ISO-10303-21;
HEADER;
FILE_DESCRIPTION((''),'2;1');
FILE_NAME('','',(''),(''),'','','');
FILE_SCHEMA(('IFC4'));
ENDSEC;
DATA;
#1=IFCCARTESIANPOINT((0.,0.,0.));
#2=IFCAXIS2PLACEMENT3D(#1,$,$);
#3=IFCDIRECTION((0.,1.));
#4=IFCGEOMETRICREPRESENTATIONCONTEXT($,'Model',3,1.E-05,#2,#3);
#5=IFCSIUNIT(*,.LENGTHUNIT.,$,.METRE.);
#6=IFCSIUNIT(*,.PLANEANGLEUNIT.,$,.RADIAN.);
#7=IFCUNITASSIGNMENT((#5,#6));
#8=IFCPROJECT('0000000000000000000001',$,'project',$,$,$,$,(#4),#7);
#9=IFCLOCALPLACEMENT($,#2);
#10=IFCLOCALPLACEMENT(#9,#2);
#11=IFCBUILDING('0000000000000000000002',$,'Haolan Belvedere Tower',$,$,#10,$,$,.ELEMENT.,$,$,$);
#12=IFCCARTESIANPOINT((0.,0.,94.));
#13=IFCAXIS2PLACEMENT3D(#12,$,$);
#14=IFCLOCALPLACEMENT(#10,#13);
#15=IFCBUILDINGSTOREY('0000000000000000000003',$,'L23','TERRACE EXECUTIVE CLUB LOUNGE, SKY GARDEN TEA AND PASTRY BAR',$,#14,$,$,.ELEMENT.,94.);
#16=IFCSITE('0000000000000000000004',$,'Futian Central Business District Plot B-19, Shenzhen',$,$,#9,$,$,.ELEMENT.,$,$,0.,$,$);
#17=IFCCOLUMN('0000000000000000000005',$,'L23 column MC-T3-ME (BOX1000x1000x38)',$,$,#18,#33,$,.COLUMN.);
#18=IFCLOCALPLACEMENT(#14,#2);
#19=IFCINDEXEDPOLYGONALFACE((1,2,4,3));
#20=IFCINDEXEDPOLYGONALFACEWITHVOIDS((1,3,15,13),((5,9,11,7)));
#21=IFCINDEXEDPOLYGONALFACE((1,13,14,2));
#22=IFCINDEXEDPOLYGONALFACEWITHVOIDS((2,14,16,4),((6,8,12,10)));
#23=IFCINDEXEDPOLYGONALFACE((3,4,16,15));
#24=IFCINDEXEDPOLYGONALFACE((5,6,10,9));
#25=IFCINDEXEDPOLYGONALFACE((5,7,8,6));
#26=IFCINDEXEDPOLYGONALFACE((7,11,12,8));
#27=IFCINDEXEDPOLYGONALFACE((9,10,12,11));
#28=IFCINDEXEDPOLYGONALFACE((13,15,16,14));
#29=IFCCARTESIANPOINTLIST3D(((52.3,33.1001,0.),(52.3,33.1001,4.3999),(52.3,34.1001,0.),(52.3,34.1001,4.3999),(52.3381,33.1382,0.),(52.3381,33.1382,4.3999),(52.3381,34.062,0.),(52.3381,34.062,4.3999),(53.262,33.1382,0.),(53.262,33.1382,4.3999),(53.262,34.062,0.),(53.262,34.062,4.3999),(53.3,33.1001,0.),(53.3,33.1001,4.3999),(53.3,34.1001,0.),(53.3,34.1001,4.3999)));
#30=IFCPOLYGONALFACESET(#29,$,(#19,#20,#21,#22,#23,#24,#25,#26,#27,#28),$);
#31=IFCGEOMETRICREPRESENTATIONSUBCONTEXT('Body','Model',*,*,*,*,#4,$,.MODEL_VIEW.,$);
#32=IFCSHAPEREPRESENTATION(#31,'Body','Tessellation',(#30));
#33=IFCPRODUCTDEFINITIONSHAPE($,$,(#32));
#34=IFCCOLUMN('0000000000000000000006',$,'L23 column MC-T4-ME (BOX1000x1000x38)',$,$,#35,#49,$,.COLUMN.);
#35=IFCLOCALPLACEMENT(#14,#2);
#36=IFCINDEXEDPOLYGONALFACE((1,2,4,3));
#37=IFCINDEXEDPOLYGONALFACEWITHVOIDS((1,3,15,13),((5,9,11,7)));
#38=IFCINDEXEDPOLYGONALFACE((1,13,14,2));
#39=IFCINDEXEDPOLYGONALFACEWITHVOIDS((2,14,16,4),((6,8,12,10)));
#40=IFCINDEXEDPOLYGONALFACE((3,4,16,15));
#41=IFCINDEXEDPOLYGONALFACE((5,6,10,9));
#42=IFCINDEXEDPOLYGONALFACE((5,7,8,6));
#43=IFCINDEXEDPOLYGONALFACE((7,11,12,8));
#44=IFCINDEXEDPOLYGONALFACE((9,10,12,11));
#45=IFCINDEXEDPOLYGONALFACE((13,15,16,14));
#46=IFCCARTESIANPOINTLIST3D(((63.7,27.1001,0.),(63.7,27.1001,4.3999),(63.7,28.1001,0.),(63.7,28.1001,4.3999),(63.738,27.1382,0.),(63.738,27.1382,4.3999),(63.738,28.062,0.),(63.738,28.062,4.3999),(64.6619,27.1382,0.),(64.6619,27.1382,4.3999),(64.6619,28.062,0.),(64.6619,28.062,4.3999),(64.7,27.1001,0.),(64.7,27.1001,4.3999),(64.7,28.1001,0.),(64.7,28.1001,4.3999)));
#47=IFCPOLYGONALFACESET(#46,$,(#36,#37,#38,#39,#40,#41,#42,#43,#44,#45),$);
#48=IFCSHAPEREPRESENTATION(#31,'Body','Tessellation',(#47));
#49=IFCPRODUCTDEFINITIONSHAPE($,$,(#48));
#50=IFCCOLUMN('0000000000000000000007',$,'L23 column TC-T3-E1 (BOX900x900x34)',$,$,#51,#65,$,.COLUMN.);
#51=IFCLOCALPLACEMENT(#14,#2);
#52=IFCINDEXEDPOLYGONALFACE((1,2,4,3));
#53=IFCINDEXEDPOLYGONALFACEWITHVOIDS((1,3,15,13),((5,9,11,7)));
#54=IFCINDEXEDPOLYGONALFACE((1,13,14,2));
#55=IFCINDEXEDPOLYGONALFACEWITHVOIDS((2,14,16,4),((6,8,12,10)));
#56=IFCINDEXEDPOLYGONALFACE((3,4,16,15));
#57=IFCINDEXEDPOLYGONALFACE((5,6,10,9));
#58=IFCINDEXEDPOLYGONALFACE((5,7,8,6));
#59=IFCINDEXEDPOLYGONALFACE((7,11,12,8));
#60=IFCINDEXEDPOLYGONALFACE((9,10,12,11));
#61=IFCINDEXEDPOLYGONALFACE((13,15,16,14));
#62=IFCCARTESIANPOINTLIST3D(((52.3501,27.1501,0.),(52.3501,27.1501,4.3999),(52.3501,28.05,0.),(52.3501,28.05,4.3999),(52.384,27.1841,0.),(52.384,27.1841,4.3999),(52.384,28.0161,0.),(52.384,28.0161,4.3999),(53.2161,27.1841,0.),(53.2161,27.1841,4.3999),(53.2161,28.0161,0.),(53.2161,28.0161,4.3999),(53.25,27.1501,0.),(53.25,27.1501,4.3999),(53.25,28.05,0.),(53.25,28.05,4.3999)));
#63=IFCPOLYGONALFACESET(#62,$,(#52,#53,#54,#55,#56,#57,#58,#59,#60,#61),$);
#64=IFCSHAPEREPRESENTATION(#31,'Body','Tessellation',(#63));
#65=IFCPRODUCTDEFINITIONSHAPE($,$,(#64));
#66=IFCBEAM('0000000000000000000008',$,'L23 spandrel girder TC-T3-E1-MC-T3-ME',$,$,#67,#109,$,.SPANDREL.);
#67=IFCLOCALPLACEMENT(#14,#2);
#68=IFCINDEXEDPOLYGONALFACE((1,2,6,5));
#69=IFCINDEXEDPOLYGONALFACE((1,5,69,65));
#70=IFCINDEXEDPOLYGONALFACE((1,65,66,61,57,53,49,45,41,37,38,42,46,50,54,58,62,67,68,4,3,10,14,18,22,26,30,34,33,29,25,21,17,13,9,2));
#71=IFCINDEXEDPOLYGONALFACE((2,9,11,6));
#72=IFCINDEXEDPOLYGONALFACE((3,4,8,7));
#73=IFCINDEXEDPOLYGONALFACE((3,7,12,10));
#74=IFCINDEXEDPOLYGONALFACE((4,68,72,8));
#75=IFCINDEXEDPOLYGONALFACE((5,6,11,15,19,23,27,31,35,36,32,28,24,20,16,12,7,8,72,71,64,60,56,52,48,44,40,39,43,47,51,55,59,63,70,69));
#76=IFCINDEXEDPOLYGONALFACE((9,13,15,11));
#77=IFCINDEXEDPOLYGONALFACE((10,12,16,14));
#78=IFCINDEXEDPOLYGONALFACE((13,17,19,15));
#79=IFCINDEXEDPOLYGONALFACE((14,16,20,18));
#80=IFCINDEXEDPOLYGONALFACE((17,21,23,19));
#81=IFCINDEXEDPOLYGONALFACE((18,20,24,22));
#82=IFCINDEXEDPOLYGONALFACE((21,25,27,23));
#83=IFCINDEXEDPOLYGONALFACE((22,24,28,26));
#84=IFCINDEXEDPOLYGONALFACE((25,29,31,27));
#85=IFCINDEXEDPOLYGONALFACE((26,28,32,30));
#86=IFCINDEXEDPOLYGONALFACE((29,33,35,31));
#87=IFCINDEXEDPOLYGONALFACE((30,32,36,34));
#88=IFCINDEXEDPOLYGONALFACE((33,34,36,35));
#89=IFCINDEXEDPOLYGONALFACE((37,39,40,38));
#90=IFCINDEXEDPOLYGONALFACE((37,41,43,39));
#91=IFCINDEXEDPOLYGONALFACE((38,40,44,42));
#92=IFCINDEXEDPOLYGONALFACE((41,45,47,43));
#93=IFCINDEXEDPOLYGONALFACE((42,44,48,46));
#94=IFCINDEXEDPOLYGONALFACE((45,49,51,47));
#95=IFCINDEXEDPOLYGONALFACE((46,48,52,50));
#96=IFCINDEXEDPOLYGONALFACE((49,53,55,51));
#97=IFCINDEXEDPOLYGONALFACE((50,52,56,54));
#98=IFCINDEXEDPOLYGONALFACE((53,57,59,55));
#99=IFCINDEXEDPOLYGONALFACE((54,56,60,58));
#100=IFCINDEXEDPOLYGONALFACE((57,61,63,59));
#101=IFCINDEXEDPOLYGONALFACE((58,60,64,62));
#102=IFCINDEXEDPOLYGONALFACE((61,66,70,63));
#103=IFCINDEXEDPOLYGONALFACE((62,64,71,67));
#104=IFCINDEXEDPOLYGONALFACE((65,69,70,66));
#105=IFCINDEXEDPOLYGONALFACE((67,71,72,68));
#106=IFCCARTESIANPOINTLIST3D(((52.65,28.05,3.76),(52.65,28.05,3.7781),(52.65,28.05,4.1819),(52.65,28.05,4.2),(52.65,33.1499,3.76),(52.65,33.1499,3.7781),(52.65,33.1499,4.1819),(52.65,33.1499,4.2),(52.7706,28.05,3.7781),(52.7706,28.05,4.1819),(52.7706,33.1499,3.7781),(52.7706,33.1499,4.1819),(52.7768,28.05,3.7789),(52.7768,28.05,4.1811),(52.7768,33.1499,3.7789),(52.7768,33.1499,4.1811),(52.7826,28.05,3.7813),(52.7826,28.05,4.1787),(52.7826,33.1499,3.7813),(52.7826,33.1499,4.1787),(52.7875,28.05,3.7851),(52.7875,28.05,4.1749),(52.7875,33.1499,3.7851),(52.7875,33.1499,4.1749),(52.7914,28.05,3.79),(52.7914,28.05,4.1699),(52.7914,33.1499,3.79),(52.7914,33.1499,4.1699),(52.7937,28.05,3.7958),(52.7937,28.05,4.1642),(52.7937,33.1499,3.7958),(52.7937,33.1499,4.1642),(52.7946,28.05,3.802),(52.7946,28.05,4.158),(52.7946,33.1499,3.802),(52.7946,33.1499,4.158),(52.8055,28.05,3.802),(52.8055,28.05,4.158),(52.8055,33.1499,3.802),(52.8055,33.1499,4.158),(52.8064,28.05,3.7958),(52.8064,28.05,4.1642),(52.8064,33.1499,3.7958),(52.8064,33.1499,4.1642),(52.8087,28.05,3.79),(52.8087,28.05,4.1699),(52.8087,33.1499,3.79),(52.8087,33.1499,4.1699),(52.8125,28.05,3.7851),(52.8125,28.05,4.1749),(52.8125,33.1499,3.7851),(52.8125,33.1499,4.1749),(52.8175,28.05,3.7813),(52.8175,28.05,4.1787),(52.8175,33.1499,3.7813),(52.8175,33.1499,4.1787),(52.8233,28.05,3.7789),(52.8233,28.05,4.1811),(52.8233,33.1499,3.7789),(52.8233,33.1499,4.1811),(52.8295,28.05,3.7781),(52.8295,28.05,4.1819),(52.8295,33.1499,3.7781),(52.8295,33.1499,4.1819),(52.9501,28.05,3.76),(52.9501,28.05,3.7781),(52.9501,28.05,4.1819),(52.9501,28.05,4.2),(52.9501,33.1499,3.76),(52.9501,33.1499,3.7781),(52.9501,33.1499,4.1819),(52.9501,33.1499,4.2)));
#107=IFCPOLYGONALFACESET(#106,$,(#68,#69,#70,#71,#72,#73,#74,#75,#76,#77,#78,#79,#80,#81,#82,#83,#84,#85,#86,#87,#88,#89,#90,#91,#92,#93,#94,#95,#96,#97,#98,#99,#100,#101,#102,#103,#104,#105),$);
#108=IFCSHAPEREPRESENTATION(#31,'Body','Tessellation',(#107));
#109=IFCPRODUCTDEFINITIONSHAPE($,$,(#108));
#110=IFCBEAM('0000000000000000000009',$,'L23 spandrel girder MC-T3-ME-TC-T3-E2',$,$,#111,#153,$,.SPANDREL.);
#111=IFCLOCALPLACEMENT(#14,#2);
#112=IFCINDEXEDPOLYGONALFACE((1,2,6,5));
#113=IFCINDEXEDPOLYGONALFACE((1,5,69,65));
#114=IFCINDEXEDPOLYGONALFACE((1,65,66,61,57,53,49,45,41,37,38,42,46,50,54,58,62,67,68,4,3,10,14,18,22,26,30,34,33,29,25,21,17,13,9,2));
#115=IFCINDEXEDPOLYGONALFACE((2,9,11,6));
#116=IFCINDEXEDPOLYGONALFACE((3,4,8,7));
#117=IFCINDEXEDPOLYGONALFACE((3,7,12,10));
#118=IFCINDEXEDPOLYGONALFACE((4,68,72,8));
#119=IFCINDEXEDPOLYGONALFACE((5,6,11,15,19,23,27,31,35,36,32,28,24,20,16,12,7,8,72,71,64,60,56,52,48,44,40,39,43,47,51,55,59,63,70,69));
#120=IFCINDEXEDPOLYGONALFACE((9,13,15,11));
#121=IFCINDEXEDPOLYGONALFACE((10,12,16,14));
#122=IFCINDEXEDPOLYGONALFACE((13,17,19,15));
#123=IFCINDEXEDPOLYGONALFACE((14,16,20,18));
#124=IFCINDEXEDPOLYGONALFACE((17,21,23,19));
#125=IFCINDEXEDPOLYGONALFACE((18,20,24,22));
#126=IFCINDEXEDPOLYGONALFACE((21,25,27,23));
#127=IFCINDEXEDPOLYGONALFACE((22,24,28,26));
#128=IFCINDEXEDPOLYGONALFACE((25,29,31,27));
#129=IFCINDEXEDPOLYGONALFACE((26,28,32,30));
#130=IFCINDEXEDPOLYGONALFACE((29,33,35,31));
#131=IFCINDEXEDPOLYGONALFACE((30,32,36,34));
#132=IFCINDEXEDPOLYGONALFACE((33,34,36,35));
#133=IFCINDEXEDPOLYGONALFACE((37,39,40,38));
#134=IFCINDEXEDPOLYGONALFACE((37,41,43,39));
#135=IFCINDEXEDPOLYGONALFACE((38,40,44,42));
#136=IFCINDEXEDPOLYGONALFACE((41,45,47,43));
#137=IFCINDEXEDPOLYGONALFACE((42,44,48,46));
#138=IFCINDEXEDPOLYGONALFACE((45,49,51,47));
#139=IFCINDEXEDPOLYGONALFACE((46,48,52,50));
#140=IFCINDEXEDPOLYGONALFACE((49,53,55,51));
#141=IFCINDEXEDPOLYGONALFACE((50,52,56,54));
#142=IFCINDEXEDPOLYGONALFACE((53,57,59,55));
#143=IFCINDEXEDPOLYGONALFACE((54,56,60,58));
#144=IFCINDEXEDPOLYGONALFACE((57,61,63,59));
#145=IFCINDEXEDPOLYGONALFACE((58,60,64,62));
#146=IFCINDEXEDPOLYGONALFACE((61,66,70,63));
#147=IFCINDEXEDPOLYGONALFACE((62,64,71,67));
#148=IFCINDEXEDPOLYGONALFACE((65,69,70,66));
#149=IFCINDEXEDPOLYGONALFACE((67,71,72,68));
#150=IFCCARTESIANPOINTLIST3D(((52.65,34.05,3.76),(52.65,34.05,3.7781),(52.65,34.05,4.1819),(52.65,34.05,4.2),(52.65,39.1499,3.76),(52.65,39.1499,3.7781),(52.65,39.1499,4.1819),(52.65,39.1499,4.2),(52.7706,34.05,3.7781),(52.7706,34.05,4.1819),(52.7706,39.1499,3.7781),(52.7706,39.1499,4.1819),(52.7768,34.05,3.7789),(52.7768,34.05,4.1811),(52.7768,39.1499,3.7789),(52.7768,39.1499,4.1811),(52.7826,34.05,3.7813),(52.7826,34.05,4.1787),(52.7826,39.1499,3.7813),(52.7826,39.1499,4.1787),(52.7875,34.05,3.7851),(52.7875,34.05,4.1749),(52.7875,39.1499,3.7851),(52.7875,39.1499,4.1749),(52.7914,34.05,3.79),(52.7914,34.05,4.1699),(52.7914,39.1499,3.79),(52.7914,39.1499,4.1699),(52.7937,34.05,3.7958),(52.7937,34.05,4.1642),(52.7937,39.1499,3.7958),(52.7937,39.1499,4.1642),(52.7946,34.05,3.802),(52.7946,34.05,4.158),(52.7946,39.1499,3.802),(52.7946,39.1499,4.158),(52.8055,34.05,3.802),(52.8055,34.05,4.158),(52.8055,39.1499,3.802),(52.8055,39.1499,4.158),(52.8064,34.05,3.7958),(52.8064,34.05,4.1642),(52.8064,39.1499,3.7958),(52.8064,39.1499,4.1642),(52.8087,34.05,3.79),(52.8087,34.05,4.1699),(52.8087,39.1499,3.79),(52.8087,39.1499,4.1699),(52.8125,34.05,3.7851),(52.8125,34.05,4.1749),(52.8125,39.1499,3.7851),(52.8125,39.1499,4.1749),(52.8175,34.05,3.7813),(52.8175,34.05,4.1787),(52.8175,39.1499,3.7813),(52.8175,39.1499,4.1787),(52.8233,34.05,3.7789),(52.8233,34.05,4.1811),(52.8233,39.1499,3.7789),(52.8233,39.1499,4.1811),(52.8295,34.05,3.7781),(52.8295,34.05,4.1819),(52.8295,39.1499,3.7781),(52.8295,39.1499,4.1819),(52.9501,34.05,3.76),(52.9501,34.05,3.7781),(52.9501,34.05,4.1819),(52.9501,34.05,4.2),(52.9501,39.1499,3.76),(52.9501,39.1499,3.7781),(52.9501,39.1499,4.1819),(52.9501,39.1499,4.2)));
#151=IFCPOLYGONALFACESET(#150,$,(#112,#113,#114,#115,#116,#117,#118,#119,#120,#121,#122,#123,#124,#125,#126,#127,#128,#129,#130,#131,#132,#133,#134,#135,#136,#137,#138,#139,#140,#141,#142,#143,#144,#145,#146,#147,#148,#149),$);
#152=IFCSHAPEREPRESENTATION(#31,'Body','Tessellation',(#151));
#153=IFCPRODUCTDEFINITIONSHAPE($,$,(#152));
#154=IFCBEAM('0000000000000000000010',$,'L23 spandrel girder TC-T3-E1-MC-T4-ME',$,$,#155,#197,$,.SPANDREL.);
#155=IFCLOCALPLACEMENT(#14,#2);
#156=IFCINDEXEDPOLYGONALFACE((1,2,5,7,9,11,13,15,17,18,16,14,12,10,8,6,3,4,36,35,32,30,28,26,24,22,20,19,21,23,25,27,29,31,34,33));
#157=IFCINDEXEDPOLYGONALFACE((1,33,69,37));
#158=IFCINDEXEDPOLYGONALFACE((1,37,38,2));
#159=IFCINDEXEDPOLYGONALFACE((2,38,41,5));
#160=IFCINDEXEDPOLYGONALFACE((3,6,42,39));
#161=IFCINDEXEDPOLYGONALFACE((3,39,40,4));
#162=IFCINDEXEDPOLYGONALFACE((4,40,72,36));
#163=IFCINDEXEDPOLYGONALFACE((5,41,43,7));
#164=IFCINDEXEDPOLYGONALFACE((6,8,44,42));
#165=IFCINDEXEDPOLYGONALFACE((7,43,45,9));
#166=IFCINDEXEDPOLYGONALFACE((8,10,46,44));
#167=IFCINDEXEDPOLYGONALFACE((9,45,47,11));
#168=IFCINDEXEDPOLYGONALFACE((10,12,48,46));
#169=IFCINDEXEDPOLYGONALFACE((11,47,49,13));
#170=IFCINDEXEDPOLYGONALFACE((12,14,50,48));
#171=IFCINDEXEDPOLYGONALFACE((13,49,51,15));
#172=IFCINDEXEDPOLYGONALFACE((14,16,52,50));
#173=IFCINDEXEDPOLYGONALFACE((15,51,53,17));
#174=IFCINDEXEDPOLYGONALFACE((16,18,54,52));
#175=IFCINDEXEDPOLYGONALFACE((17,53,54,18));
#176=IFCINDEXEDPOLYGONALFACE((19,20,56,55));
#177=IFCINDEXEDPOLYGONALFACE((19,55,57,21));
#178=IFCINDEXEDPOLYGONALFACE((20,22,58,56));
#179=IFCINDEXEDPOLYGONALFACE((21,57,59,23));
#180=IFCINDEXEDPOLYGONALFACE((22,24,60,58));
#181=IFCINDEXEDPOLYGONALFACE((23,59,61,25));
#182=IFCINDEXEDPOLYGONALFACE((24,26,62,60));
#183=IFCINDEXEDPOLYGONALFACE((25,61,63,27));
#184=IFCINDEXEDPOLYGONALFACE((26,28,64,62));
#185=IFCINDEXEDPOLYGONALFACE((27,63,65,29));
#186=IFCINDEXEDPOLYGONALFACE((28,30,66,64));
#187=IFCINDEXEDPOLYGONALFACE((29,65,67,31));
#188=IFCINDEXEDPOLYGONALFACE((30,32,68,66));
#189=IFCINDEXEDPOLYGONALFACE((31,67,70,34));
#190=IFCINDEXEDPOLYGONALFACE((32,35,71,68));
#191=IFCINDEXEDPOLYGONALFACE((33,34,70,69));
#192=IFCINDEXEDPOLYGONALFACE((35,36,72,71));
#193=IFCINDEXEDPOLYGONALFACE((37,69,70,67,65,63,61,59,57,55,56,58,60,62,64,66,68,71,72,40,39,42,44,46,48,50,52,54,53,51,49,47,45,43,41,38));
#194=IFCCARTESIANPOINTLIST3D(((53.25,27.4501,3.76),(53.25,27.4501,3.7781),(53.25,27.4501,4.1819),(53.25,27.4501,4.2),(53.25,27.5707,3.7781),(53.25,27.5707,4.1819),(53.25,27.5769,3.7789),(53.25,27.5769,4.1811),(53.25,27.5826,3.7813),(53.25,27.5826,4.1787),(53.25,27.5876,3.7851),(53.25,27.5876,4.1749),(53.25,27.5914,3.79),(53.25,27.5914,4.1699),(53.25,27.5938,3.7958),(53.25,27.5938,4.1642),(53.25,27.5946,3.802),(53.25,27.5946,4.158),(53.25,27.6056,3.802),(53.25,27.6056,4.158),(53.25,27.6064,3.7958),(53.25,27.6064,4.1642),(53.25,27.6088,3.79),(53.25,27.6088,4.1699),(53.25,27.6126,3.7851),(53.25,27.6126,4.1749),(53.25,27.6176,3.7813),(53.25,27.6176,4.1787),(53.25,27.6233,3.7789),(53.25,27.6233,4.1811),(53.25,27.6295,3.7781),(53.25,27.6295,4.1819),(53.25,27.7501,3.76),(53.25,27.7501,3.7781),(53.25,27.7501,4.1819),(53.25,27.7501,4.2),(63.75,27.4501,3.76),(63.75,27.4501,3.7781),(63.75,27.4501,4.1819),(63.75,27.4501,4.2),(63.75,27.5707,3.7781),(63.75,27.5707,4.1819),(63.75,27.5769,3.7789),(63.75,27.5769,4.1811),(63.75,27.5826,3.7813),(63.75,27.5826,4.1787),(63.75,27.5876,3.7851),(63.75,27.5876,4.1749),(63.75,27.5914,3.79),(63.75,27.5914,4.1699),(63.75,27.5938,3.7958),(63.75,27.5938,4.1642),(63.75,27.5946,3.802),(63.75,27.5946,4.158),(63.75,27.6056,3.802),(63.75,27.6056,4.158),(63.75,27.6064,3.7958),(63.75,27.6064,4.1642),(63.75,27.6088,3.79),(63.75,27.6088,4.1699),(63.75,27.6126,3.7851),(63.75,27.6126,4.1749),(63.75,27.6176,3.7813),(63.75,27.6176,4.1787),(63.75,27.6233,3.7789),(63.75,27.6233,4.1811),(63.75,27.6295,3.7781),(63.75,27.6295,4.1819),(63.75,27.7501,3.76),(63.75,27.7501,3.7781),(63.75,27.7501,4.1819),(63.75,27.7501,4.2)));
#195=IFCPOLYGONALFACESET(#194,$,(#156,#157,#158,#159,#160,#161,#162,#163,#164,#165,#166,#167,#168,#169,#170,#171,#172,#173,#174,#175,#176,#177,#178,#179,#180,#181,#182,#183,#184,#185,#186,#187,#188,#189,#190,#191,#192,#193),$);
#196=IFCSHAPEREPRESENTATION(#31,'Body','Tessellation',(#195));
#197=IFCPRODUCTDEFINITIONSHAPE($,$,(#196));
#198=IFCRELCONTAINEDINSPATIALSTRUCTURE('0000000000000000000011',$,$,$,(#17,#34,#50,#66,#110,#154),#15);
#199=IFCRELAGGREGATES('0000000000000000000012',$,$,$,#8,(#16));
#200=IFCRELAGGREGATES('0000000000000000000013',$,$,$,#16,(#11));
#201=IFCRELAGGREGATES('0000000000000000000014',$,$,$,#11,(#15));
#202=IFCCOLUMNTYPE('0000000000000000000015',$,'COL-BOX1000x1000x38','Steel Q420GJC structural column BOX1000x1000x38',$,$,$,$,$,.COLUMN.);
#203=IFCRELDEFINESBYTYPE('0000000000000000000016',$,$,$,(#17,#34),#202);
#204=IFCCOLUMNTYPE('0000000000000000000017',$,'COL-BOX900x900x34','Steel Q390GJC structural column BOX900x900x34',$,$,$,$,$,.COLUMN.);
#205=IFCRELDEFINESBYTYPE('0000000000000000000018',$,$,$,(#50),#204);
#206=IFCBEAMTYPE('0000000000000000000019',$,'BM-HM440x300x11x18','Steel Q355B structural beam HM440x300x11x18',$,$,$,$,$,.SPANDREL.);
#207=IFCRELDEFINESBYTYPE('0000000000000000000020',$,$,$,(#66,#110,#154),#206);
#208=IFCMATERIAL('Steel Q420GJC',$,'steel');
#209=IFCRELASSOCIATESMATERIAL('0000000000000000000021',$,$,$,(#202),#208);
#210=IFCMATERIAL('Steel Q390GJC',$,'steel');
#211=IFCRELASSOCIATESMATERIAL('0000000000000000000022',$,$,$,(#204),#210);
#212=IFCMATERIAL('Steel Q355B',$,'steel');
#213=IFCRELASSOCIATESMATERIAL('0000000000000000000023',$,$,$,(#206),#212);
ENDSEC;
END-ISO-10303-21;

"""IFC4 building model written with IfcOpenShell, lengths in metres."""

from ifc_helpers import new_model, si_unit, direction, frame, origin, origin_2d, place, context, subcontext, project, spatial, hollow_rectangle, i_section, extrude, material, material_profile, profile_set, type_object, element, save


model = new_model("IFC4")

# Units and contexts
model_context = context("Model", 3, precision=1e-05, world=origin(), true_north=direction((0.0, 1.0)))
body_context = subcontext(model_context, "Body", "Model", "MODEL_VIEW")
ifc_project = project(units=[si_unit("LENGTHUNIT", "METRE"), si_unit("PLANEANGLEUNIT", "RADIAN")], contexts=[model_context])

# Site, building, storey
site_placement = place(None, origin())
site = spatial("IfcSite", under=ifc_project, at=site_placement, Name="Futian Central Business District Plot B-19, Shenzhen", CompositionType="ELEMENT", RefElevation=0.0)
building_placement = place(site_placement, origin())
building = spatial("IfcBuilding", under=site, at=building_placement, Name="Haolan Belvedere Tower", CompositionType="ELEMENT")
storey_placement = place(building_placement, frame((0.0, 0.0, 94.0)))
storey = spatial("IfcBuildingStorey", under=building, at=storey_placement, Name="L23", Description="TERRACE EXECUTIVE CLUB LOUNGE, SKY GARDEN TEA AND PASTRY BAR", CompositionType="ELEMENT", Elevation=94.0)

# Columns
ifc_material_1 = material(Name="Steel Q420GJC", Category="steel")
ifc_material_profile_1 = material_profile(ifc_material_1, hollow_rectangle(XDim=1.0, YDim=1.0, WallThickness=0.0381, at=origin_2d()), Name="Steel Q420GJC")
ifc_profile_set_1 = profile_set([ifc_material_profile_1], Name="Steel Q420GJC")
column_type_1 = type_object("IfcColumnType", Name="COL-BOX1000x1000x38", Description="Steel Q420GJC structural column BOX1000x1000x38", PredefinedType="COLUMN", material=ifc_profile_set_1)
for number, where, z_axis, x_axis, name in (
    (1, (52.8, 33.6001, 0.0), (0.0, 0.0, 1.0), (1.0, 0.0, 0.0), "L23 column MC-T3-ME (BOX1000x1000x38)"),
    (2, (64.2, 27.6001, 0.0), (0.0, 0.0, 1.0), (1.0, 0.0, 0.0), "L23 column MC-T4-ME (BOX1000x1000x38)"),
):
    element("IfcColumn", number, at=place(storey_placement, frame(where, z_axis=z_axis, x_axis=x_axis)), inside=storey, type_object=column_type_1, Name=name, PredefinedType="COLUMN", context=body_context, shape_type="SweptSolid", body=[
        extrude(hollow_rectangle(XDim=1.0, YDim=1.0, WallThickness=0.0381, at=origin_2d()), origin(), (0.0, 0.0, 1.0), 4.3999),
    ])
ifc_material_2 = material(Name="Steel Q390GJC", Category="steel")
ifc_material_profile_2 = material_profile(ifc_material_2, hollow_rectangle(XDim=0.8999, YDim=0.8999, WallThickness=0.0339, at=origin_2d()), Name="Steel Q390GJC")
ifc_profile_set_2 = profile_set([ifc_material_profile_2], Name="Steel Q390GJC")
column_type_2 = type_object("IfcColumnType", Name="COL-BOX900x900x34", Description="Steel Q390GJC structural column BOX900x900x34", PredefinedType="COLUMN", material=ifc_profile_set_2)
column_placement = place(storey_placement, frame((52.8, 27.6001, 0.0), z_axis=(0.0, 0.0, 1.0), x_axis=(1.0, 0.0, 0.0)))
element("IfcColumn", 3, at=column_placement, inside=storey, type_object=column_type_2, Name="L23 column TC-T3-E1 (BOX900x900x34)", PredefinedType="COLUMN", context=body_context, shape_type="SweptSolid", body=[
    extrude(hollow_rectangle(XDim=0.8999, YDim=0.8999, WallThickness=0.0339, at=origin_2d()), origin(), (0.0, 0.0, 1.0), 4.3999),
])

# Beams
ifc_material_3 = material(Name="Steel Q355B", Category="steel")
ifc_material_profile_3 = material_profile(ifc_material_3, i_section(OverallWidth=0.3, OverallDepth=0.4399, WebThickness=0.011, FlangeThickness=0.0181, FilletRadius=0.0239, at=origin_2d()), Name="Steel Q355B")
ifc_profile_set_3 = profile_set([ifc_material_profile_3], Name="Steel Q355B")
beam_type_1 = type_object("IfcBeamType", Name="BM-HM440x300x11x18", Description="Steel Q355B structural beam HM440x300x11x18", PredefinedType="SPANDREL", material=ifc_profile_set_3)
for number, where, z_axis, x_axis, name in (
    (4, (52.8, 28.05, 3.98), (0.0, 1.0, 0.0), (-1.0, 0.0, 0.0), "L23 spandrel girder TC-T3-E1-MC-T3-ME"),
    (5, (52.8, 34.05, 3.98), (0.0, 1.0, 0.0), (-1.0, 0.0, 0.0), "L23 spandrel girder MC-T3-ME-TC-T3-E2"),
):
    element("IfcBeam", number, at=place(storey_placement, frame(where, z_axis=z_axis, x_axis=x_axis)), inside=storey, type_object=beam_type_1, Name=name, PredefinedType="SPANDREL", context=body_context, shape_type="SweptSolid", body=[
        extrude(i_section(OverallWidth=0.3, OverallDepth=0.4399, WebThickness=0.011, FlangeThickness=0.0181, FilletRadius=0.0239, at=origin_2d()), origin(), (0.0, 0.0, 1.0), 5.0999),
    ])
beam_1_placement = place(storey_placement, frame((53.25, 27.6001, 3.98), z_axis=(1.0, 0.0, 0.0), x_axis=(0.0, 1.0, 0.0)))
element("IfcBeam", 6, at=beam_1_placement, inside=storey, type_object=beam_type_1, Name="L23 spandrel girder TC-T3-E1-MC-T4-ME", PredefinedType="SPANDREL", context=body_context, shape_type="SweptSolid", body=[
    extrude(i_section(OverallWidth=0.3, OverallDepth=0.4399, WebThickness=0.011, FlangeThickness=0.0181, FilletRadius=0.0239, at=origin_2d()), origin(), (0.0, 0.0, 1.0), 10.5),
])

save(model, "model.ifc")
